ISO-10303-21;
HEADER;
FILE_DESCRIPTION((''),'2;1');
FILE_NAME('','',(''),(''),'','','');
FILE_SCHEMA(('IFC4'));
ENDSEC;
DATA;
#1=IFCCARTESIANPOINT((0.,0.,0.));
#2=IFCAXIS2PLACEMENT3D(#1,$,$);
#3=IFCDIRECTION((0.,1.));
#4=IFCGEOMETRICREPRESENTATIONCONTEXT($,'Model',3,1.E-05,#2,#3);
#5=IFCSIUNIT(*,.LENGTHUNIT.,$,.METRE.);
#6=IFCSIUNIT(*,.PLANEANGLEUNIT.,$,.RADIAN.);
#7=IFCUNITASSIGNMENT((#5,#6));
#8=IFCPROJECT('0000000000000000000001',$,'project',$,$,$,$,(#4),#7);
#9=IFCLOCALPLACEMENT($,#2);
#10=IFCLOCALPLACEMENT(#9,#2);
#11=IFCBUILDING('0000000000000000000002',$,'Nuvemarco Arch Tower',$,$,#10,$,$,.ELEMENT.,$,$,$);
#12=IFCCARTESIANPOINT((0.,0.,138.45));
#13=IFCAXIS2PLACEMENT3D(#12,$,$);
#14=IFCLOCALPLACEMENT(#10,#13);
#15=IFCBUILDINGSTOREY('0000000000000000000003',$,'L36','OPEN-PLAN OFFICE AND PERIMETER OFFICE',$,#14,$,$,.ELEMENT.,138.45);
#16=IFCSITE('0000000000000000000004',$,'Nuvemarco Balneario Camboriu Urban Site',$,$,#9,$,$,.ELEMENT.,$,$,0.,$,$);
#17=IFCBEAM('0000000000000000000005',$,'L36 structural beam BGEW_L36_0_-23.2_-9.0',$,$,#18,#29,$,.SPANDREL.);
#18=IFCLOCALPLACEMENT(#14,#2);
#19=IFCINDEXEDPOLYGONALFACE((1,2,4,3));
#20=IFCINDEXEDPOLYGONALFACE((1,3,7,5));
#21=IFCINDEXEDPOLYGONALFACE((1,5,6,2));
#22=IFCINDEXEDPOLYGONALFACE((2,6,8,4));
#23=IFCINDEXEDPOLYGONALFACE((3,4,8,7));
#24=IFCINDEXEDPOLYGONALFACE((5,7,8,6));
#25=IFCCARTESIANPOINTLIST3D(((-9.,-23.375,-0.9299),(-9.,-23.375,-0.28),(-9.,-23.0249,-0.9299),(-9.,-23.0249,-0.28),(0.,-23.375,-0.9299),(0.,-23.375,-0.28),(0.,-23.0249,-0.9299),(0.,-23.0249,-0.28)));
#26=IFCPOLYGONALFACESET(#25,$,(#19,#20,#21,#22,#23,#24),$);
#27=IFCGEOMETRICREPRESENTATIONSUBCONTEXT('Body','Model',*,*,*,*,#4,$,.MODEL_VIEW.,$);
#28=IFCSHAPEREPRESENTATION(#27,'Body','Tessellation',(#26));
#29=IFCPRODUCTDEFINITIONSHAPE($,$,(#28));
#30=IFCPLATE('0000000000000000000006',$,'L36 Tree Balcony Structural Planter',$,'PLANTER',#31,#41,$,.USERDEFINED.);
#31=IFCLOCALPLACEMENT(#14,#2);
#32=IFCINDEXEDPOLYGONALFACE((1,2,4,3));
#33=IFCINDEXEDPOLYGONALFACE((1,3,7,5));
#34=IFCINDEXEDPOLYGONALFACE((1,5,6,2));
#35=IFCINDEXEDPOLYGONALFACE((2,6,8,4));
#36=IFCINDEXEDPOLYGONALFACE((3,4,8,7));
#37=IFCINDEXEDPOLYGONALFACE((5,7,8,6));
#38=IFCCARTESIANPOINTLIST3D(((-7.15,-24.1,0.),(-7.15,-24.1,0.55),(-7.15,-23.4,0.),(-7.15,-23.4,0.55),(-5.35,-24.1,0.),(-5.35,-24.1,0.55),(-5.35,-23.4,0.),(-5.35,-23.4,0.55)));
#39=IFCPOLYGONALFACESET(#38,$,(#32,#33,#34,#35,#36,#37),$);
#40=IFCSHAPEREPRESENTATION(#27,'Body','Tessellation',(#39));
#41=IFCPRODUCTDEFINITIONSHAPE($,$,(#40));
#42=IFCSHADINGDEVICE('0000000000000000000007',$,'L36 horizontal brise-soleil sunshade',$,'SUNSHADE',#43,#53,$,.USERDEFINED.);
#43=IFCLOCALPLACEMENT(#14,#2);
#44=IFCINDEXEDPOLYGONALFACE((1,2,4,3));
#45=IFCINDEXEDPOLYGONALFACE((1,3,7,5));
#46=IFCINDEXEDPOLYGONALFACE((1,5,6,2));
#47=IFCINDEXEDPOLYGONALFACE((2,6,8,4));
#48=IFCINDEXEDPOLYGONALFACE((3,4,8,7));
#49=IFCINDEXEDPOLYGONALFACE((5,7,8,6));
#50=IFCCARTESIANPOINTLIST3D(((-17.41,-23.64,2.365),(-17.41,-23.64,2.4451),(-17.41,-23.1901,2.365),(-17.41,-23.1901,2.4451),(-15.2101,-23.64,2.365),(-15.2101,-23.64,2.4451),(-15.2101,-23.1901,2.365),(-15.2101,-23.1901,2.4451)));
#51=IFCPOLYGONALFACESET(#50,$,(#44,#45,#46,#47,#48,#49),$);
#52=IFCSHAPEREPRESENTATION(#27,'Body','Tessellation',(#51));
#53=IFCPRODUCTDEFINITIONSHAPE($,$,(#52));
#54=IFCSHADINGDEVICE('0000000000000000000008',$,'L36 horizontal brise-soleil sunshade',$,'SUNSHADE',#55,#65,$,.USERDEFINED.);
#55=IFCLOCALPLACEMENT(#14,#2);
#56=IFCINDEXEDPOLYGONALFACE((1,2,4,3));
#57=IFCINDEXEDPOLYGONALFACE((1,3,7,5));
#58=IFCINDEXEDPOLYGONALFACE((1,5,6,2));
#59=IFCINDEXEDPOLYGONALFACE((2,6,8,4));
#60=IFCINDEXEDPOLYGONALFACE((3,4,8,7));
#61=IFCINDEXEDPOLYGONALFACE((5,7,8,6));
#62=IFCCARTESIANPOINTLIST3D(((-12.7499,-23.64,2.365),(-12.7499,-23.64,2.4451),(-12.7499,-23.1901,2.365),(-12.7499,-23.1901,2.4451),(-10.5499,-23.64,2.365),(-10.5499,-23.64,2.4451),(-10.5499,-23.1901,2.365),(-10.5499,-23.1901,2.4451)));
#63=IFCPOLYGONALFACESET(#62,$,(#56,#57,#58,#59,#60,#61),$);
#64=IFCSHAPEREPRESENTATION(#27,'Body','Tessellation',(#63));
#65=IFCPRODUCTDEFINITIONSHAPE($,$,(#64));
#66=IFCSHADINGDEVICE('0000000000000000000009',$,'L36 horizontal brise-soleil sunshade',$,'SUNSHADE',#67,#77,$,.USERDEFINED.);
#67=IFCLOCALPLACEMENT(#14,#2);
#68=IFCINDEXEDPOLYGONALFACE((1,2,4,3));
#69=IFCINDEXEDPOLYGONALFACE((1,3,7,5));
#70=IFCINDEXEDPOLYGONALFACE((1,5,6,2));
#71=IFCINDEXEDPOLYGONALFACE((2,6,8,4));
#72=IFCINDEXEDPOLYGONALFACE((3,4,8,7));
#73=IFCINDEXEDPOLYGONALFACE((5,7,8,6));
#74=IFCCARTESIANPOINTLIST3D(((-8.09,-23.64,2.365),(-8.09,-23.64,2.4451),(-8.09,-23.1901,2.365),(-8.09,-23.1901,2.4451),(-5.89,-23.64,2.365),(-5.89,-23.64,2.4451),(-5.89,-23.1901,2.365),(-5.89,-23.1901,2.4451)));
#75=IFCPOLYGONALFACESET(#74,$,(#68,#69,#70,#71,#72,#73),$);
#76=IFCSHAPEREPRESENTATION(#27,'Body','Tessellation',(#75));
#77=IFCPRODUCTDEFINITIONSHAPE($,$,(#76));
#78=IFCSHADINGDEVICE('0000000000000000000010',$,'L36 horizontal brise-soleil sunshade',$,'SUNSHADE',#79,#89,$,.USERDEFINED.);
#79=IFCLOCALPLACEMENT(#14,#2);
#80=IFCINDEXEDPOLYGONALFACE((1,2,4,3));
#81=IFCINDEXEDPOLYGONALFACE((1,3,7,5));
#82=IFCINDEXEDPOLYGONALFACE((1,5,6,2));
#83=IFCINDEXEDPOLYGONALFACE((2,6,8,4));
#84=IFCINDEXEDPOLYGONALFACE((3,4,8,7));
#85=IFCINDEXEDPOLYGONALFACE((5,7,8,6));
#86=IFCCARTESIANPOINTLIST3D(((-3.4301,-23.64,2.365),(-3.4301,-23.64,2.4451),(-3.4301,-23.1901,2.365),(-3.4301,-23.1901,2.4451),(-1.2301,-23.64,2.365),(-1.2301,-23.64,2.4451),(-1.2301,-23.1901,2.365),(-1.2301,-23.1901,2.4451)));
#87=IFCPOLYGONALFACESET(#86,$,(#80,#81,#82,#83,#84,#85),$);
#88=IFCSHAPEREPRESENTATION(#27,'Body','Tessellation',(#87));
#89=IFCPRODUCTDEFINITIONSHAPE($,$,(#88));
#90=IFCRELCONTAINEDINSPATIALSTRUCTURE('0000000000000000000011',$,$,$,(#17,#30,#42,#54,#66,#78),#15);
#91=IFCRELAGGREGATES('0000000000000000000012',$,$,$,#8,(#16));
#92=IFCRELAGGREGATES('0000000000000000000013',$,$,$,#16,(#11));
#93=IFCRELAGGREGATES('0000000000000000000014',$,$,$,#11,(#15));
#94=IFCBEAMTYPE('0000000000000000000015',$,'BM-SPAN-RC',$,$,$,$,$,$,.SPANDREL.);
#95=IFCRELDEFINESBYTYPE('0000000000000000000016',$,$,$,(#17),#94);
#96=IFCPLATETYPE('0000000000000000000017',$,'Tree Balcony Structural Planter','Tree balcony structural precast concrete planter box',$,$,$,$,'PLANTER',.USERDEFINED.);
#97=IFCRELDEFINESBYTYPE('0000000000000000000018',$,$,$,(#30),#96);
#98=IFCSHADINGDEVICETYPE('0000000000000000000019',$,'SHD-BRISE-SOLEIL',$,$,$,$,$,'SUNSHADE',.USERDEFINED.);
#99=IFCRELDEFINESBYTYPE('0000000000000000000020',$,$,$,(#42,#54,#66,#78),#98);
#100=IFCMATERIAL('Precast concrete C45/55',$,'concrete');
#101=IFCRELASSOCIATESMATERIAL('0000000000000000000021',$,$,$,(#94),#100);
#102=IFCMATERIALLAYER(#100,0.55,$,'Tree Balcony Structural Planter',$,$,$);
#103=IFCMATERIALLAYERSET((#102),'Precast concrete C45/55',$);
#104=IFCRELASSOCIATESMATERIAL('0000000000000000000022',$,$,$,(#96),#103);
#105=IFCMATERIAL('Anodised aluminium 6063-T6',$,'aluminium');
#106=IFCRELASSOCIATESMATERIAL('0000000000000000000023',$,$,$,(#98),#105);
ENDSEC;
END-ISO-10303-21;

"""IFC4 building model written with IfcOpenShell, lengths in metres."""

from ifc_helpers import new_model, si_unit, direction, frame, origin, origin_2d, place, context, subcontext, project, spatial, rectangle, extrude, source, transform, mapped, material, layer, layer_set, material_profile, profile_set, type_object, type_shapes, element, save


model = new_model("IFC4")

# Units and contexts
model_context = context("Model", 3, precision=1e-05, world=origin(), true_north=direction((0.0, 1.0)))
body_context = subcontext(model_context, "Body", "Model", "MODEL_VIEW")
ifc_project = project(units=[si_unit("LENGTHUNIT", "METRE"), si_unit("PLANEANGLEUNIT", "RADIAN")], contexts=[model_context])

# Site, building, storey
site_placement = place(None, origin())
site = spatial("IfcSite", under=ifc_project, at=site_placement, Name="Nuvemarco Balneario Camboriu Urban Site", CompositionType="ELEMENT", RefElevation=0.0)
building_placement = place(site_placement, origin())
building = spatial("IfcBuilding", under=site, at=building_placement, Name="Nuvemarco Arch Tower", CompositionType="ELEMENT")
storey_placement = place(building_placement, frame((0.0, 0.0, 138.45)))
storey = spatial("IfcBuildingStorey", under=building, at=storey_placement, Name="L36", Description="OPEN-PLAN OFFICE AND PERIMETER OFFICE", CompositionType="ELEMENT", Elevation=138.45)

# Beam
ifc_material_1 = material(Name="Precast concrete C45/55", Category="concrete")
ifc_material_profile_1 = material_profile(ifc_material_1, rectangle(XDim=0.3501, YDim=0.6499, at=origin_2d()), Name="PC-SP-350x650")
ifc_profile_set_1 = profile_set([ifc_material_profile_1], Name="Precast concrete C45/55")
beam_type_1 = type_object("IfcBeamType", Name="BM-SPAN-RC", PredefinedType="SPANDREL", material=ifc_profile_set_1)
beam_1_placement = place(storey_placement, frame((-9.0, -23.2, -0.605), z_axis=(1.0, 0.0, 0.0), x_axis=(0.0, 1.0, 0.0)))
element("IfcBeam", 1, at=beam_1_placement, inside=storey, type_object=beam_type_1, Name="L36 structural beam BGEW_L36_0_-23.2_-9.0", PredefinedType="SPANDREL", context=body_context, shape_type="SweptSolid", body=[
    extrude(rectangle(XDim=0.3501, YDim=0.6499, at=origin_2d()), origin(), (0.0, 0.0, 1.0), 9.0),
])

# Plate
ifc_layer = layer(ifc_material_1, 0.55, Name="Tree Balcony Structural Planter")
ifc_layer_set = layer_set([ifc_layer], Name="Precast concrete C45/55")
plate_type = type_object("IfcPlateType", Name="Tree Balcony Structural Planter", Description="Tree balcony structural precast concrete planter box", ElementType="PLANTER", PredefinedType="USERDEFINED", material=ifc_layer_set)
shared_shape_1 = source(origin(), body_context, "Body", "SweptSolid", [
    extrude(rectangle(XDim=1.8, YDim=0.7, at=origin_2d()), origin(), (0.0, 0.0, 1.0), 0.55),
])
type_shapes(plate_type, [shared_shape_1])
plate_placement = place(storey_placement, frame((-6.25, -23.75, 0.0), z_axis=(0.0, 0.0, 1.0), x_axis=(1.0, 0.0, 0.0)))
element("IfcPlate", 2, at=plate_placement, inside=storey, type_object=plate_type, Name="L36 Tree Balcony Structural Planter", ObjectType="PLANTER", PredefinedType="USERDEFINED", context=body_context, shape_type="MappedRepresentation", body=[
    mapped(shared_shape_1, transform((0.0, 0.0, 0.0), scale=1.0)),
])

# Shading devices
ifc_material_2 = material(Name="Anodised aluminium 6063-T6", Category="aluminium")
shading_device_type = type_object("IfcShadingDeviceType", Name="SHD-BRISE-SOLEIL", ElementType="SUNSHADE", PredefinedType="USERDEFINED", material=ifc_material_2)
shared_shape_2 = source(origin(), body_context, "Body", "SweptSolid", [
    extrude(rectangle(XDim=2.2, YDim=0.45, at=origin_2d()), origin(), (0.0, 0.0, 1.0), 0.0801),
])
type_shapes(shading_device_type, [shared_shape_2])
for number, where, z_axis, x_axis, name in (
    (3, (-16.3101, -23.415, 2.365), (0.0, 0.0, 1.0), (1.0, 0.0, 0.0), "L36 horizontal brise-soleil sunshade"),
    (4, (-11.6499, -23.415, 2.365), (0.0, 0.0, 1.0), (1.0, 0.0, 0.0), "L36 horizontal brise-soleil sunshade"),
    (5, (-6.99, -23.415, 2.365), (0.0, 0.0, 1.0), (1.0, 0.0, 0.0), "L36 horizontal brise-soleil sunshade"),
    (6, (-2.3301, -23.415, 2.365), (0.0, 0.0, 1.0), (1.0, 0.0, 0.0), "L36 horizontal brise-soleil sunshade"),
):
    element("IfcShadingDevice", number, at=place(storey_placement, frame(where, z_axis=z_axis, x_axis=x_axis)), inside=storey, type_object=shading_device_type, Name=name, ObjectType="SUNSHADE", PredefinedType="USERDEFINED", context=body_context, shape_type="MappedRepresentation", body=[
        mapped(shared_shape_2, transform((0.0, 0.0, 0.0), scale=1.0)),
    ])

save(model, "model.ifc")
